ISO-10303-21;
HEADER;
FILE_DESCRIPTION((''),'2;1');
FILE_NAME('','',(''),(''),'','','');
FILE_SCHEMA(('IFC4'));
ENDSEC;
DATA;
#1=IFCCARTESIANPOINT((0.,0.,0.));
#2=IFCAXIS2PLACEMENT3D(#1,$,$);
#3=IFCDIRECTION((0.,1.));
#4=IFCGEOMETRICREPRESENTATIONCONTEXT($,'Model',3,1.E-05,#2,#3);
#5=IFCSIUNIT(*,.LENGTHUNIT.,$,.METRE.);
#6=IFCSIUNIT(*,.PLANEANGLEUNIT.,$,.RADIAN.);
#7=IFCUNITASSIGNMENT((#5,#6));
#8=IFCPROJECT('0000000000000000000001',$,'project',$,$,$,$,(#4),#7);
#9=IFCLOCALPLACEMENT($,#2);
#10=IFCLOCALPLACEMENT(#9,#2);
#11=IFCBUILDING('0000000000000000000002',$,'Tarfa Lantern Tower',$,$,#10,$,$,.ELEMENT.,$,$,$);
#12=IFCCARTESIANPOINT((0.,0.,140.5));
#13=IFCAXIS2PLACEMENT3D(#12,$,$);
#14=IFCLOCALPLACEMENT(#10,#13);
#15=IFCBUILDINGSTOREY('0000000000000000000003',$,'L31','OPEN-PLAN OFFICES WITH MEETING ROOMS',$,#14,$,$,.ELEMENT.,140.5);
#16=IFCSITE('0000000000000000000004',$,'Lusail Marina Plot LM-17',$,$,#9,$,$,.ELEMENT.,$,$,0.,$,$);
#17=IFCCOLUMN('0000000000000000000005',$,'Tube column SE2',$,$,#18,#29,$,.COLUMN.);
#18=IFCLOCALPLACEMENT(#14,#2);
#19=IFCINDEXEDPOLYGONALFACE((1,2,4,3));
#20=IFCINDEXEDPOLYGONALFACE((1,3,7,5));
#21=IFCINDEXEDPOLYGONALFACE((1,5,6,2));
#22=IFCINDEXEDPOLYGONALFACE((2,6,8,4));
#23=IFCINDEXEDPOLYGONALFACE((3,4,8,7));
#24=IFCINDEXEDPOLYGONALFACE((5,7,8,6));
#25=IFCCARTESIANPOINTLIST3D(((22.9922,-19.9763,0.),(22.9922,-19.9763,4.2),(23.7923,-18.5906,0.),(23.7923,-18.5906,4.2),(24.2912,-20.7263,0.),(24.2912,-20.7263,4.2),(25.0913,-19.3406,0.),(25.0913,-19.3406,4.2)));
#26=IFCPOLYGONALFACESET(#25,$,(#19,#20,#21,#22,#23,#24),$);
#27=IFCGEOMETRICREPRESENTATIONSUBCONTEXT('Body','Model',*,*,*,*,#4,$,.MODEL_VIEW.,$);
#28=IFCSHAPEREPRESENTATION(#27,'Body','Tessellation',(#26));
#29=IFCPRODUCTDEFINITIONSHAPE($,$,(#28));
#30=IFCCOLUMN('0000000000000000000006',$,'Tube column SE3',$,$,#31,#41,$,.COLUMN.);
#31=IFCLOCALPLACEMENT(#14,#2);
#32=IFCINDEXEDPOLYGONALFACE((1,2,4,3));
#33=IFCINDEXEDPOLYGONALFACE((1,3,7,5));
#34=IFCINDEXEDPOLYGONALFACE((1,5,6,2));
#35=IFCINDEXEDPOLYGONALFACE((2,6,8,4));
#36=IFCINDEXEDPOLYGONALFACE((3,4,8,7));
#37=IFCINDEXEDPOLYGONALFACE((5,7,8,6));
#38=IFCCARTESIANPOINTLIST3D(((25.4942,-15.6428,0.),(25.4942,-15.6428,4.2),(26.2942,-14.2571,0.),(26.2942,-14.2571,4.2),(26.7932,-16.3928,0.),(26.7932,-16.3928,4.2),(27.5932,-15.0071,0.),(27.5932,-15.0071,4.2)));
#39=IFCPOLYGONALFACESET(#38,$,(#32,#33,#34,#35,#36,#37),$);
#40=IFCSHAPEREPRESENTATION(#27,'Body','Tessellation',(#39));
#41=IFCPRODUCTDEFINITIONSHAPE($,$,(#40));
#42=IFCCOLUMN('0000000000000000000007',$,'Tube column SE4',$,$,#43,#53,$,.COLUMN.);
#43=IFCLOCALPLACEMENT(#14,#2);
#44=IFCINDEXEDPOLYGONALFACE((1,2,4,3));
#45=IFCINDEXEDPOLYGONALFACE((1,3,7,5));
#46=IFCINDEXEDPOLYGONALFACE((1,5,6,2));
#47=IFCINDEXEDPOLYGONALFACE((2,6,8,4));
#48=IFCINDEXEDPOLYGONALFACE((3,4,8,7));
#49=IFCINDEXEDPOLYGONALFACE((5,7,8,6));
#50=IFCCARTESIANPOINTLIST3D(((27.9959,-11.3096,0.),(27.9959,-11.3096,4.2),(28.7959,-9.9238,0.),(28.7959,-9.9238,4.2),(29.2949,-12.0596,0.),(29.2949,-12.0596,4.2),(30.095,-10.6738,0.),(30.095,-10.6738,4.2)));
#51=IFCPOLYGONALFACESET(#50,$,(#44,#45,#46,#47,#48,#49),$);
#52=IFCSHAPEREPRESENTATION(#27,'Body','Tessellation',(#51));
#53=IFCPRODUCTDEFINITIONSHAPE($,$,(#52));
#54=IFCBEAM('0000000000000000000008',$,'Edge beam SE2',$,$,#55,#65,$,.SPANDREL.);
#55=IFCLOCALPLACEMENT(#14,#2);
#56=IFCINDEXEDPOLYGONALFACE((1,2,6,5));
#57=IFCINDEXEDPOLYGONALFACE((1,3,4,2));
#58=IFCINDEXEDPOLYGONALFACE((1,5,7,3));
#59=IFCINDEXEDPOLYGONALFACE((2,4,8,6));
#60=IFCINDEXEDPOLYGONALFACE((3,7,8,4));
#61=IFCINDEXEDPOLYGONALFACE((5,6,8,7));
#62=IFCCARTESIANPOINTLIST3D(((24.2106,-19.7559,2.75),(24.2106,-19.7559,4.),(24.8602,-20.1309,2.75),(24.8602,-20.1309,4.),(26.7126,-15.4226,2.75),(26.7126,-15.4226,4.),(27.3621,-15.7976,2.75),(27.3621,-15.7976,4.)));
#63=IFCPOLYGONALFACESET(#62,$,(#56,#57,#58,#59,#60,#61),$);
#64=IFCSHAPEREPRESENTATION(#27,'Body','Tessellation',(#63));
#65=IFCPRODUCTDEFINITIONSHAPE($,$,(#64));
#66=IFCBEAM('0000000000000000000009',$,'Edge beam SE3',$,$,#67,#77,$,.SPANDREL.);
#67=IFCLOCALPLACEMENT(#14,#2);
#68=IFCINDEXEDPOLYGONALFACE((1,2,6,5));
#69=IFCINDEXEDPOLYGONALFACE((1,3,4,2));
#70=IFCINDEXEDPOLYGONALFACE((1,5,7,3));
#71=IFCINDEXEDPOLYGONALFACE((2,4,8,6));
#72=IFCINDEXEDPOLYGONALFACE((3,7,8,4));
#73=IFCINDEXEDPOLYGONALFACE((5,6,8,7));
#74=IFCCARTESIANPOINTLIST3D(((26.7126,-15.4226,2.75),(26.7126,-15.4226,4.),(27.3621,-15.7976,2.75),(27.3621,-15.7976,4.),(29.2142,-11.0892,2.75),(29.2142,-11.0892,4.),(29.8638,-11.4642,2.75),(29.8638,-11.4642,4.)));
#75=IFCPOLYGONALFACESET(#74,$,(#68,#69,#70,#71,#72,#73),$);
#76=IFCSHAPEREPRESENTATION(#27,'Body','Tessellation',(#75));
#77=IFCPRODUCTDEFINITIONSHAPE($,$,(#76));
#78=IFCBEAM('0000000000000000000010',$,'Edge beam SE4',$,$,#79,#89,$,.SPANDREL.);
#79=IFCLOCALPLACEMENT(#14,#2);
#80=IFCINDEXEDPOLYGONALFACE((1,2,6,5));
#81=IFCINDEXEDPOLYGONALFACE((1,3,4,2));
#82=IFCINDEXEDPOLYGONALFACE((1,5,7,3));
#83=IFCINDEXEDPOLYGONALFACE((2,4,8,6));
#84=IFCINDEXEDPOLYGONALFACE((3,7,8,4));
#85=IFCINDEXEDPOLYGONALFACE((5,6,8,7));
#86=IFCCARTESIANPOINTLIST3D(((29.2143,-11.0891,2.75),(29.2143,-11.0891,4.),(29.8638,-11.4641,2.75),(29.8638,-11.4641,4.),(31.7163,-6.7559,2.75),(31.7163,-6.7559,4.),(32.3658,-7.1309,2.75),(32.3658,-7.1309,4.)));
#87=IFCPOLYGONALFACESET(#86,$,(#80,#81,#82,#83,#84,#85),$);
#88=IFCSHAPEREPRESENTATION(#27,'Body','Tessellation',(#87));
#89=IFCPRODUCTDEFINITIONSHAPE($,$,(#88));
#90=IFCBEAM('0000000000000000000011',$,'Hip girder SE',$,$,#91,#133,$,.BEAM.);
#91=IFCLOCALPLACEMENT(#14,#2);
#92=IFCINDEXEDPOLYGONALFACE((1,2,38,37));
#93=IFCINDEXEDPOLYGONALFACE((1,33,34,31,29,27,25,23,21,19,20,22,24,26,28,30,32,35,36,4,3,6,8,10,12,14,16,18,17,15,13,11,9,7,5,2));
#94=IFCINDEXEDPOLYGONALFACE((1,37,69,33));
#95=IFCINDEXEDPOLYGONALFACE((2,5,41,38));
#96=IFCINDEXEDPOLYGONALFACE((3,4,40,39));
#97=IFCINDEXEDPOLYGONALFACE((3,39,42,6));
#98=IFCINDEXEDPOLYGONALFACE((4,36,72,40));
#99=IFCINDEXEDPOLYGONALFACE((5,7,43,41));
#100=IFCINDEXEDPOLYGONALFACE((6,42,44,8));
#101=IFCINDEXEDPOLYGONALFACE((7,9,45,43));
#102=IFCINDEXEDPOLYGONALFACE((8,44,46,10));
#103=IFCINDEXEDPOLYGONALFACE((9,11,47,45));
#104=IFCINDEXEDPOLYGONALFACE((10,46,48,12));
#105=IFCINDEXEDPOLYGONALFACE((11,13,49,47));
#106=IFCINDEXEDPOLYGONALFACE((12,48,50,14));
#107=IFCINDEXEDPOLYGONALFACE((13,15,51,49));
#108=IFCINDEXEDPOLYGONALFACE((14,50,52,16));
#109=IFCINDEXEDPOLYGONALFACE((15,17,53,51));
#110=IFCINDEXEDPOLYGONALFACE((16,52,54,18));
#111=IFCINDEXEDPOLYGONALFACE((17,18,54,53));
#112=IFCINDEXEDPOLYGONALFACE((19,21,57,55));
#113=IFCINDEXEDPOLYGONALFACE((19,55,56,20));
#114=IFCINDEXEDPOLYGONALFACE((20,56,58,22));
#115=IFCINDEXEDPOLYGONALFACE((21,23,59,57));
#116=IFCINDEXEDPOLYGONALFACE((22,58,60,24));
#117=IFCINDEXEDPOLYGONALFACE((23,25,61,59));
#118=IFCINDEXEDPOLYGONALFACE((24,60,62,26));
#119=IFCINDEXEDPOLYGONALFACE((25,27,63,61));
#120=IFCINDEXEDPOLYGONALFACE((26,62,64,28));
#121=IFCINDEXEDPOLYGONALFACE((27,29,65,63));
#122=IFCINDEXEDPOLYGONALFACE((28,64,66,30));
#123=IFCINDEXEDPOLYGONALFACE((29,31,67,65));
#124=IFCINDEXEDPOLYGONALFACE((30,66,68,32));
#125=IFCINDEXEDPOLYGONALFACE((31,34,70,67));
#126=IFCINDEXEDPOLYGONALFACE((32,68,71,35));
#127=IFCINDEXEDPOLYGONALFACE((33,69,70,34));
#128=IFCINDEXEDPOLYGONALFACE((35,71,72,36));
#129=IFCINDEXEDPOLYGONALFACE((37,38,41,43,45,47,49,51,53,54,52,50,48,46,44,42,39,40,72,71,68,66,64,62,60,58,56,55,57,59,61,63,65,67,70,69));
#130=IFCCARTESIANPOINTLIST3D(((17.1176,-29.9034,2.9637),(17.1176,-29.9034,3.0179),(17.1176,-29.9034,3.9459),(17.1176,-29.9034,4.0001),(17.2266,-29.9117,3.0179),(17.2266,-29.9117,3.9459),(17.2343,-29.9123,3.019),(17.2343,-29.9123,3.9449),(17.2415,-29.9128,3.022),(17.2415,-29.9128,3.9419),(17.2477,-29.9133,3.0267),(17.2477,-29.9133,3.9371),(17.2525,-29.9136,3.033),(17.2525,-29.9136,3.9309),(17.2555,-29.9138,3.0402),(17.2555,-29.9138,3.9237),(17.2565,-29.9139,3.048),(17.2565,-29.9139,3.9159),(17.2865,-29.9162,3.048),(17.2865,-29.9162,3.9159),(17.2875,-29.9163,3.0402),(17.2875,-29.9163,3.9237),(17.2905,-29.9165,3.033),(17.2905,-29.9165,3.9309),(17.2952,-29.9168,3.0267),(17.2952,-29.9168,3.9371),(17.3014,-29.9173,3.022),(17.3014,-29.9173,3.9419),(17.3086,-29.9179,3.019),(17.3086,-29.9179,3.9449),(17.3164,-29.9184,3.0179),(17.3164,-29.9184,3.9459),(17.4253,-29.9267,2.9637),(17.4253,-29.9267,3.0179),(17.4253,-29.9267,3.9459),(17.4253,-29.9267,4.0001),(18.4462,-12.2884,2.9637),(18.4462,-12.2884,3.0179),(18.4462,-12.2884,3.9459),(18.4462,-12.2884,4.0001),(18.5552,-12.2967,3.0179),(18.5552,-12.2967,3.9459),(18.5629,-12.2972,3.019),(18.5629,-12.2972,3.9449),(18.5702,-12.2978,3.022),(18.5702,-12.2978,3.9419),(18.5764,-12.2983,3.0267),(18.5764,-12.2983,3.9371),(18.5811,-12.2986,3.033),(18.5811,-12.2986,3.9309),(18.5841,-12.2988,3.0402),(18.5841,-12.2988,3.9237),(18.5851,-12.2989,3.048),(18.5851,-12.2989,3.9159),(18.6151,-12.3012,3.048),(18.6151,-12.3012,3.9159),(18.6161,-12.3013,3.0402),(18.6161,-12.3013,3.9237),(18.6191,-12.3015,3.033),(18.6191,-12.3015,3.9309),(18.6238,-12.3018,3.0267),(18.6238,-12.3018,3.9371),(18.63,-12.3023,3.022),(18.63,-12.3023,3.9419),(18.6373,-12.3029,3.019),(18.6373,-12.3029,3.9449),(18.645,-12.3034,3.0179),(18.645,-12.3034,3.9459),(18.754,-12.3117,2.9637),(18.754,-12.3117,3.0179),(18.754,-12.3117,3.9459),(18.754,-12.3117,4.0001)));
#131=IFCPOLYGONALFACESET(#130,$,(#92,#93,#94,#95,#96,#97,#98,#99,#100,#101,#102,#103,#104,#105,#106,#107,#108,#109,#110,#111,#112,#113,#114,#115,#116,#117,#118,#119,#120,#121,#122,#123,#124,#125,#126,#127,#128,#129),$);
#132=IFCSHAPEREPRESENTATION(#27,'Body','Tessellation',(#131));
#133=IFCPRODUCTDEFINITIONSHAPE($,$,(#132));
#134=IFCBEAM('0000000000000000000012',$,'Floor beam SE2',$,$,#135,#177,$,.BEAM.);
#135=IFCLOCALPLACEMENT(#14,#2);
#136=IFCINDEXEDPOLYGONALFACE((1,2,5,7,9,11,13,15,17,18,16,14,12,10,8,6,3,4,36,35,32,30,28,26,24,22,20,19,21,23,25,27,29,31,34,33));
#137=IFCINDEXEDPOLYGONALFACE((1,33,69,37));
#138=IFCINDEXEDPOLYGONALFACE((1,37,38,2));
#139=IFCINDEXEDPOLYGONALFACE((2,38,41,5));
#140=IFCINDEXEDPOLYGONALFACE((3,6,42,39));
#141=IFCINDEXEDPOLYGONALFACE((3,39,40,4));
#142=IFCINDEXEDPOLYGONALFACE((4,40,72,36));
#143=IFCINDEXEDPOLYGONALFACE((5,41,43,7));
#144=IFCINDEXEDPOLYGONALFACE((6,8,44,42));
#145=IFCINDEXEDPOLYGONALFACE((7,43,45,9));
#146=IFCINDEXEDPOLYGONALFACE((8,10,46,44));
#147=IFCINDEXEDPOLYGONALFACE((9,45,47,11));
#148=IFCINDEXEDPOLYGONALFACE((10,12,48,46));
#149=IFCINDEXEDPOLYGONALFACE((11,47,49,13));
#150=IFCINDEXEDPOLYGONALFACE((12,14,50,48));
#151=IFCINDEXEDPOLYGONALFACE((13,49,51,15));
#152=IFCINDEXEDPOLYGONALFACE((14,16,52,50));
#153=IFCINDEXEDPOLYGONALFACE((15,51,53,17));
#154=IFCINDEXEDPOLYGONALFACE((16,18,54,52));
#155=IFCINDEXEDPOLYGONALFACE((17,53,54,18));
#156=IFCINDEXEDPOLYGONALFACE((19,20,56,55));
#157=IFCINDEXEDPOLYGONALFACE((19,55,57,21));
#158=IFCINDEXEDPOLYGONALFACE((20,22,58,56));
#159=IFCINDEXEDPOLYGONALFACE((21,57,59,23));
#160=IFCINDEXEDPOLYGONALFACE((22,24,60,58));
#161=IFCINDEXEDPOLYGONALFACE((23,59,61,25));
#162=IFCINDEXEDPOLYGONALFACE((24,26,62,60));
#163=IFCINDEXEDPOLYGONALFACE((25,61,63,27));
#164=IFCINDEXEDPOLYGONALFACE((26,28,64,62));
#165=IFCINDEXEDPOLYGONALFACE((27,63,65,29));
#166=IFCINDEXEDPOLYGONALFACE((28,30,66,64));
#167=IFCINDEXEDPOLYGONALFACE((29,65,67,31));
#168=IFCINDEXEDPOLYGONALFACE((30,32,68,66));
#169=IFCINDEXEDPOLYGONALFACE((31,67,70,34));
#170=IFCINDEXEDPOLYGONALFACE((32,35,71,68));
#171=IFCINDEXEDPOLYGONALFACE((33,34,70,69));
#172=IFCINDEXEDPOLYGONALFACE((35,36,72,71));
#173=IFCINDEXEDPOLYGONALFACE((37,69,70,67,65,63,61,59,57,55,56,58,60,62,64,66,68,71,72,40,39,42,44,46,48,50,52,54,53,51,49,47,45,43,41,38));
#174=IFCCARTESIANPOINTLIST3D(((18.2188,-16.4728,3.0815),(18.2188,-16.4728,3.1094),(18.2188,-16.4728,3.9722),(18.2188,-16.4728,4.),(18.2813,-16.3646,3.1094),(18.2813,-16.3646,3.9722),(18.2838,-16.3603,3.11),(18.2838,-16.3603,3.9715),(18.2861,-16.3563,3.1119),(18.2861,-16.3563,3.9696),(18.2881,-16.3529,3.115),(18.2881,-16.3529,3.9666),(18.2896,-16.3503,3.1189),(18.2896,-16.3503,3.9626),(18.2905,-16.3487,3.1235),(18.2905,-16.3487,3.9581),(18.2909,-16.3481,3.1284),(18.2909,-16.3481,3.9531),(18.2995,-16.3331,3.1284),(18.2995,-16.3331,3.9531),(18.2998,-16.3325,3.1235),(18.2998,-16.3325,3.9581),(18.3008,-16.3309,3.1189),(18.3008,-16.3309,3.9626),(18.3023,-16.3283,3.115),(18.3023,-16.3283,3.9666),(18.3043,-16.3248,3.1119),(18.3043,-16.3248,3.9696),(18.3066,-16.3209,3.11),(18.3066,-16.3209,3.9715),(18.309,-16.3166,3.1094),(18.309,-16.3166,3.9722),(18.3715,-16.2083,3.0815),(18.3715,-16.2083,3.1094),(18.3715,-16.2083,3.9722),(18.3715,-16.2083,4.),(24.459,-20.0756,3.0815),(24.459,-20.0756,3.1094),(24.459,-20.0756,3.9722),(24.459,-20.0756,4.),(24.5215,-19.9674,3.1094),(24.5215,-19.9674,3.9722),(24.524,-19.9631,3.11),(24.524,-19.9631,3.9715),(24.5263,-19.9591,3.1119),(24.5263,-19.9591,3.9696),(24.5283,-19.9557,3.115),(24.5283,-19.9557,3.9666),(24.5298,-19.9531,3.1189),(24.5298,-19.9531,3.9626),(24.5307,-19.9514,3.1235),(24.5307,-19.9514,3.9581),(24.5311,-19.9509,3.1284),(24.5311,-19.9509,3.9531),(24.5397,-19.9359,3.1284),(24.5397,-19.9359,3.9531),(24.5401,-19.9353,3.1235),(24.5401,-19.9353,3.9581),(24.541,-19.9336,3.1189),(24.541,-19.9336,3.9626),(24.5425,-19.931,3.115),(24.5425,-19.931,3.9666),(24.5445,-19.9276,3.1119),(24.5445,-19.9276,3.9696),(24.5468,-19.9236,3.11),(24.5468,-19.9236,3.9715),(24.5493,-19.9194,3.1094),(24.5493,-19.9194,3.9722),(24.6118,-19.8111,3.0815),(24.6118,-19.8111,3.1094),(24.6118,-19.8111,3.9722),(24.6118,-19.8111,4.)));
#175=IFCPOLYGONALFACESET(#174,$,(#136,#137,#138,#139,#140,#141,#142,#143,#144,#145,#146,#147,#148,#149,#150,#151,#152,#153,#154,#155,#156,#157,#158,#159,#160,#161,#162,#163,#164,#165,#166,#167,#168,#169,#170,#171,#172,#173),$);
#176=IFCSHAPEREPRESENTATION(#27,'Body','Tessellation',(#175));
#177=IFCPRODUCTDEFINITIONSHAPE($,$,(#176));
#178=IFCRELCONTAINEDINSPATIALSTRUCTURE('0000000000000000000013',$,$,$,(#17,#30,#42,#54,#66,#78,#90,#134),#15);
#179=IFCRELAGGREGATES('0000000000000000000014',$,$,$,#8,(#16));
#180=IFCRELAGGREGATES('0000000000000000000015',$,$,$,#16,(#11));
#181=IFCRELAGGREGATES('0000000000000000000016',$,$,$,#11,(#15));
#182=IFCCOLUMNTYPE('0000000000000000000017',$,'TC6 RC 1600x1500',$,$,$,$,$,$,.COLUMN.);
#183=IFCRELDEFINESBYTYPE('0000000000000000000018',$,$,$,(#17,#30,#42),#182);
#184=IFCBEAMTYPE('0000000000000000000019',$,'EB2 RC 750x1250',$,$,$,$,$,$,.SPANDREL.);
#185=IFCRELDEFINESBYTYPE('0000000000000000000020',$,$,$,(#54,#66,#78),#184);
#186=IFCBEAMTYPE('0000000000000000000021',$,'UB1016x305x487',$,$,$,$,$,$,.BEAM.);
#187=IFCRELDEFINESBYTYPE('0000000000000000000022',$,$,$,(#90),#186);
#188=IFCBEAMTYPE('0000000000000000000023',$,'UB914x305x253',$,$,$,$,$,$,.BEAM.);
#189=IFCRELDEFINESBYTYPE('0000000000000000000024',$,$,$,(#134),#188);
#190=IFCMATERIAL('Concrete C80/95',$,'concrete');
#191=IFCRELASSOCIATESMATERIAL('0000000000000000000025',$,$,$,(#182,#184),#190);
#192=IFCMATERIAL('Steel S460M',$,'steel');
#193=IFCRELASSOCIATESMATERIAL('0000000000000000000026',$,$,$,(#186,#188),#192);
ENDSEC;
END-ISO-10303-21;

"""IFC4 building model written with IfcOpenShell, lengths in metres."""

from ifc_helpers import new_model, si_unit, direction, frame, origin, origin_2d, place, context, subcontext, project, spatial, rectangle, i_section, extrude, material, material_profile, profile_set, type_object, element, save


model = new_model("IFC4")

# Units and contexts
model_context = context("Model", 3, precision=1e-05, world=origin(), true_north=direction((0.0, 1.0)))
body_context = subcontext(model_context, "Body", "Model", "MODEL_VIEW")
ifc_project = project(units=[si_unit("LENGTHUNIT", "METRE"), si_unit("PLANEANGLEUNIT", "RADIAN")], contexts=[model_context])

# Site, building, storey
site_placement = place(None, origin())
site = spatial("IfcSite", under=ifc_project, at=site_placement, Name="Lusail Marina Plot LM-17", CompositionType="ELEMENT", RefElevation=0.0)
building_placement = place(site_placement, origin())
building = spatial("IfcBuilding", under=site, at=building_placement, Name="Tarfa Lantern Tower", CompositionType="ELEMENT")
storey_placement = place(building_placement, frame((0.0, 0.0, 140.5)))
storey = spatial("IfcBuildingStorey", under=building, at=storey_placement, Name="L31", Description="OPEN-PLAN OFFICES WITH MEETING ROOMS", CompositionType="ELEMENT", Elevation=140.5)

# Columns
ifc_material_1 = material(Name="Concrete C80/95", Category="concrete")
ifc_material_profile_1 = material_profile(ifc_material_1, rectangle(XDim=1.6001, YDim=1.5, at=origin_2d()), Name="RC 1600x1500")
ifc_profile_set_1 = profile_set([ifc_material_profile_1], Name="Concrete C80/95")
column_type = type_object("IfcColumnType", Name="TC6 RC 1600x1500", PredefinedType="COLUMN", material=ifc_profile_set_1)
for number, where, z_axis, x_axis, name in (
    (1, (24.0417, -19.6584, 0.0), (0.0, 0.0, 1.0), (0.5, 0.866025, 0.0), "Tube column SE2"),
    (2, (26.5437, -15.325, 0.0), (0.0, 0.0, 1.0), (0.5, 0.866025, 0.0), "Tube column SE3"),
    (3, (29.0454, -10.9917, 0.0), (0.0, 0.0, 1.0), (0.5, 0.866025, 0.0), "Tube column SE4"),
):
    element("IfcColumn", number, at=place(storey_placement, frame(where, z_axis=z_axis, x_axis=x_axis)), inside=storey, type_object=column_type, Name=name, PredefinedType="COLUMN", context=body_context, shape_type="SweptSolid", body=[
        extrude(rectangle(XDim=1.6001, YDim=1.5, at=origin_2d()), origin(), (0.0, 0.0, 1.0), 4.2),
    ])

# Beams
ifc_material_profile_2 = material_profile(ifc_material_1, rectangle(XDim=0.75, YDim=1.25, at=origin_2d()), Name="RC 750x1250")
ifc_profile_set_2 = profile_set([ifc_material_profile_2], Name="Concrete C80/95")
beam_type_1 = type_object("IfcBeamType", Name="EB2 RC 750x1250", PredefinedType="SPANDREL", material=ifc_profile_set_2)
for number, where, z_axis, x_axis, name in (
    (4, (24.5354, -19.9434, 3.375), (0.500022, 0.866013, 0.0), (-0.866013, 0.500022, 0.0), "Edge beam SE2"),
    (5, (27.0374, -15.6101, 3.375), (0.499965, 0.866046, 0.0), (-0.866046, 0.499965, 0.0), "Edge beam SE3"),
    (6, (29.5391, -11.2766, 3.375), (0.500022, 0.866013, 0.0), (-0.866013, 0.500022, 0.0), "Edge beam SE4"),
):
    element("IfcBeam", number, at=place(storey_placement, frame(where, z_axis=z_axis, x_axis=x_axis)), inside=storey, type_object=beam_type_1, Name=name, PredefinedType="SPANDREL", context=body_context, shape_type="SweptSolid", body=[
        extrude(rectangle(XDim=0.75, YDim=1.25, at=origin_2d()), origin(), (0.0, 0.0, 1.0), 5.0037),
    ])
ifc_material_2 = material(Name="Steel S460M", Category="steel")
ifc_material_profile_3 = material_profile(ifc_material_2, i_section(OverallWidth=0.3086, OverallDepth=1.0364, WebThickness=0.03, FlangeThickness=0.0542, FilletRadius=0.03, at=origin_2d()), Name="UB1016x305x487")
ifc_profile_set_3 = profile_set([ifc_material_profile_3], Name="Steel S460M")
beam_type_2 = type_object("IfcBeamType", Name="UB1016x305x487", PredefinedType="BEAM", material=ifc_profile_set_3)
beam_1_placement = place(storey_placement, frame((18.6001, -12.3, 3.4819), z_axis=(-0.075212, -0.997168, 0.0), x_axis=(0.997168, -0.075212, 0.0)))
element("IfcBeam", 7, at=beam_1_placement, inside=storey, type_object=beam_type_2, Name="Hip girder SE", PredefinedType="BEAM", context=body_context, shape_type="SweptSolid", body=[
    extrude(i_section(OverallWidth=0.3086, OverallDepth=1.0364, WebThickness=0.03, FlangeThickness=0.0542, FilletRadius=0.03, at=origin_2d()), origin(), (0.0, 0.0, 1.0), 17.665),
])
ifc_material_profile_4 = material_profile(ifc_material_2, i_section(OverallWidth=0.3054, OverallDepth=0.9185, WebThickness=0.0173, FlangeThickness=0.0278, FilletRadius=0.019, at=origin_2d()), Name="UB914x305x253")
ifc_profile_set_4 = profile_set([ifc_material_profile_4], Name="Steel S460M")
beam_type_3 = type_object("IfcBeamType", Name="UB914x305x253", PredefinedType="BEAM", material=ifc_profile_set_4)
beam_2_placement = place(storey_placement, frame((24.5354, -19.9434, 3.5408), z_axis=(-0.866026, 0.499998, 0.0), x_axis=(-0.499998, -0.866026, 0.0)))
element("IfcBeam", 8, at=beam_2_placement, inside=storey, type_object=beam_type_3, Name="Floor beam SE2", PredefinedType="BEAM", context=body_context, shape_type="SweptSolid", body=[
    extrude(i_section(OverallWidth=0.3054, OverallDepth=0.9185, WebThickness=0.0173, FlangeThickness=0.0278, FilletRadius=0.019, at=origin_2d()), origin(), (0.0, 0.0, 1.0), 7.2056),
])

save(model, "model.ifc")
